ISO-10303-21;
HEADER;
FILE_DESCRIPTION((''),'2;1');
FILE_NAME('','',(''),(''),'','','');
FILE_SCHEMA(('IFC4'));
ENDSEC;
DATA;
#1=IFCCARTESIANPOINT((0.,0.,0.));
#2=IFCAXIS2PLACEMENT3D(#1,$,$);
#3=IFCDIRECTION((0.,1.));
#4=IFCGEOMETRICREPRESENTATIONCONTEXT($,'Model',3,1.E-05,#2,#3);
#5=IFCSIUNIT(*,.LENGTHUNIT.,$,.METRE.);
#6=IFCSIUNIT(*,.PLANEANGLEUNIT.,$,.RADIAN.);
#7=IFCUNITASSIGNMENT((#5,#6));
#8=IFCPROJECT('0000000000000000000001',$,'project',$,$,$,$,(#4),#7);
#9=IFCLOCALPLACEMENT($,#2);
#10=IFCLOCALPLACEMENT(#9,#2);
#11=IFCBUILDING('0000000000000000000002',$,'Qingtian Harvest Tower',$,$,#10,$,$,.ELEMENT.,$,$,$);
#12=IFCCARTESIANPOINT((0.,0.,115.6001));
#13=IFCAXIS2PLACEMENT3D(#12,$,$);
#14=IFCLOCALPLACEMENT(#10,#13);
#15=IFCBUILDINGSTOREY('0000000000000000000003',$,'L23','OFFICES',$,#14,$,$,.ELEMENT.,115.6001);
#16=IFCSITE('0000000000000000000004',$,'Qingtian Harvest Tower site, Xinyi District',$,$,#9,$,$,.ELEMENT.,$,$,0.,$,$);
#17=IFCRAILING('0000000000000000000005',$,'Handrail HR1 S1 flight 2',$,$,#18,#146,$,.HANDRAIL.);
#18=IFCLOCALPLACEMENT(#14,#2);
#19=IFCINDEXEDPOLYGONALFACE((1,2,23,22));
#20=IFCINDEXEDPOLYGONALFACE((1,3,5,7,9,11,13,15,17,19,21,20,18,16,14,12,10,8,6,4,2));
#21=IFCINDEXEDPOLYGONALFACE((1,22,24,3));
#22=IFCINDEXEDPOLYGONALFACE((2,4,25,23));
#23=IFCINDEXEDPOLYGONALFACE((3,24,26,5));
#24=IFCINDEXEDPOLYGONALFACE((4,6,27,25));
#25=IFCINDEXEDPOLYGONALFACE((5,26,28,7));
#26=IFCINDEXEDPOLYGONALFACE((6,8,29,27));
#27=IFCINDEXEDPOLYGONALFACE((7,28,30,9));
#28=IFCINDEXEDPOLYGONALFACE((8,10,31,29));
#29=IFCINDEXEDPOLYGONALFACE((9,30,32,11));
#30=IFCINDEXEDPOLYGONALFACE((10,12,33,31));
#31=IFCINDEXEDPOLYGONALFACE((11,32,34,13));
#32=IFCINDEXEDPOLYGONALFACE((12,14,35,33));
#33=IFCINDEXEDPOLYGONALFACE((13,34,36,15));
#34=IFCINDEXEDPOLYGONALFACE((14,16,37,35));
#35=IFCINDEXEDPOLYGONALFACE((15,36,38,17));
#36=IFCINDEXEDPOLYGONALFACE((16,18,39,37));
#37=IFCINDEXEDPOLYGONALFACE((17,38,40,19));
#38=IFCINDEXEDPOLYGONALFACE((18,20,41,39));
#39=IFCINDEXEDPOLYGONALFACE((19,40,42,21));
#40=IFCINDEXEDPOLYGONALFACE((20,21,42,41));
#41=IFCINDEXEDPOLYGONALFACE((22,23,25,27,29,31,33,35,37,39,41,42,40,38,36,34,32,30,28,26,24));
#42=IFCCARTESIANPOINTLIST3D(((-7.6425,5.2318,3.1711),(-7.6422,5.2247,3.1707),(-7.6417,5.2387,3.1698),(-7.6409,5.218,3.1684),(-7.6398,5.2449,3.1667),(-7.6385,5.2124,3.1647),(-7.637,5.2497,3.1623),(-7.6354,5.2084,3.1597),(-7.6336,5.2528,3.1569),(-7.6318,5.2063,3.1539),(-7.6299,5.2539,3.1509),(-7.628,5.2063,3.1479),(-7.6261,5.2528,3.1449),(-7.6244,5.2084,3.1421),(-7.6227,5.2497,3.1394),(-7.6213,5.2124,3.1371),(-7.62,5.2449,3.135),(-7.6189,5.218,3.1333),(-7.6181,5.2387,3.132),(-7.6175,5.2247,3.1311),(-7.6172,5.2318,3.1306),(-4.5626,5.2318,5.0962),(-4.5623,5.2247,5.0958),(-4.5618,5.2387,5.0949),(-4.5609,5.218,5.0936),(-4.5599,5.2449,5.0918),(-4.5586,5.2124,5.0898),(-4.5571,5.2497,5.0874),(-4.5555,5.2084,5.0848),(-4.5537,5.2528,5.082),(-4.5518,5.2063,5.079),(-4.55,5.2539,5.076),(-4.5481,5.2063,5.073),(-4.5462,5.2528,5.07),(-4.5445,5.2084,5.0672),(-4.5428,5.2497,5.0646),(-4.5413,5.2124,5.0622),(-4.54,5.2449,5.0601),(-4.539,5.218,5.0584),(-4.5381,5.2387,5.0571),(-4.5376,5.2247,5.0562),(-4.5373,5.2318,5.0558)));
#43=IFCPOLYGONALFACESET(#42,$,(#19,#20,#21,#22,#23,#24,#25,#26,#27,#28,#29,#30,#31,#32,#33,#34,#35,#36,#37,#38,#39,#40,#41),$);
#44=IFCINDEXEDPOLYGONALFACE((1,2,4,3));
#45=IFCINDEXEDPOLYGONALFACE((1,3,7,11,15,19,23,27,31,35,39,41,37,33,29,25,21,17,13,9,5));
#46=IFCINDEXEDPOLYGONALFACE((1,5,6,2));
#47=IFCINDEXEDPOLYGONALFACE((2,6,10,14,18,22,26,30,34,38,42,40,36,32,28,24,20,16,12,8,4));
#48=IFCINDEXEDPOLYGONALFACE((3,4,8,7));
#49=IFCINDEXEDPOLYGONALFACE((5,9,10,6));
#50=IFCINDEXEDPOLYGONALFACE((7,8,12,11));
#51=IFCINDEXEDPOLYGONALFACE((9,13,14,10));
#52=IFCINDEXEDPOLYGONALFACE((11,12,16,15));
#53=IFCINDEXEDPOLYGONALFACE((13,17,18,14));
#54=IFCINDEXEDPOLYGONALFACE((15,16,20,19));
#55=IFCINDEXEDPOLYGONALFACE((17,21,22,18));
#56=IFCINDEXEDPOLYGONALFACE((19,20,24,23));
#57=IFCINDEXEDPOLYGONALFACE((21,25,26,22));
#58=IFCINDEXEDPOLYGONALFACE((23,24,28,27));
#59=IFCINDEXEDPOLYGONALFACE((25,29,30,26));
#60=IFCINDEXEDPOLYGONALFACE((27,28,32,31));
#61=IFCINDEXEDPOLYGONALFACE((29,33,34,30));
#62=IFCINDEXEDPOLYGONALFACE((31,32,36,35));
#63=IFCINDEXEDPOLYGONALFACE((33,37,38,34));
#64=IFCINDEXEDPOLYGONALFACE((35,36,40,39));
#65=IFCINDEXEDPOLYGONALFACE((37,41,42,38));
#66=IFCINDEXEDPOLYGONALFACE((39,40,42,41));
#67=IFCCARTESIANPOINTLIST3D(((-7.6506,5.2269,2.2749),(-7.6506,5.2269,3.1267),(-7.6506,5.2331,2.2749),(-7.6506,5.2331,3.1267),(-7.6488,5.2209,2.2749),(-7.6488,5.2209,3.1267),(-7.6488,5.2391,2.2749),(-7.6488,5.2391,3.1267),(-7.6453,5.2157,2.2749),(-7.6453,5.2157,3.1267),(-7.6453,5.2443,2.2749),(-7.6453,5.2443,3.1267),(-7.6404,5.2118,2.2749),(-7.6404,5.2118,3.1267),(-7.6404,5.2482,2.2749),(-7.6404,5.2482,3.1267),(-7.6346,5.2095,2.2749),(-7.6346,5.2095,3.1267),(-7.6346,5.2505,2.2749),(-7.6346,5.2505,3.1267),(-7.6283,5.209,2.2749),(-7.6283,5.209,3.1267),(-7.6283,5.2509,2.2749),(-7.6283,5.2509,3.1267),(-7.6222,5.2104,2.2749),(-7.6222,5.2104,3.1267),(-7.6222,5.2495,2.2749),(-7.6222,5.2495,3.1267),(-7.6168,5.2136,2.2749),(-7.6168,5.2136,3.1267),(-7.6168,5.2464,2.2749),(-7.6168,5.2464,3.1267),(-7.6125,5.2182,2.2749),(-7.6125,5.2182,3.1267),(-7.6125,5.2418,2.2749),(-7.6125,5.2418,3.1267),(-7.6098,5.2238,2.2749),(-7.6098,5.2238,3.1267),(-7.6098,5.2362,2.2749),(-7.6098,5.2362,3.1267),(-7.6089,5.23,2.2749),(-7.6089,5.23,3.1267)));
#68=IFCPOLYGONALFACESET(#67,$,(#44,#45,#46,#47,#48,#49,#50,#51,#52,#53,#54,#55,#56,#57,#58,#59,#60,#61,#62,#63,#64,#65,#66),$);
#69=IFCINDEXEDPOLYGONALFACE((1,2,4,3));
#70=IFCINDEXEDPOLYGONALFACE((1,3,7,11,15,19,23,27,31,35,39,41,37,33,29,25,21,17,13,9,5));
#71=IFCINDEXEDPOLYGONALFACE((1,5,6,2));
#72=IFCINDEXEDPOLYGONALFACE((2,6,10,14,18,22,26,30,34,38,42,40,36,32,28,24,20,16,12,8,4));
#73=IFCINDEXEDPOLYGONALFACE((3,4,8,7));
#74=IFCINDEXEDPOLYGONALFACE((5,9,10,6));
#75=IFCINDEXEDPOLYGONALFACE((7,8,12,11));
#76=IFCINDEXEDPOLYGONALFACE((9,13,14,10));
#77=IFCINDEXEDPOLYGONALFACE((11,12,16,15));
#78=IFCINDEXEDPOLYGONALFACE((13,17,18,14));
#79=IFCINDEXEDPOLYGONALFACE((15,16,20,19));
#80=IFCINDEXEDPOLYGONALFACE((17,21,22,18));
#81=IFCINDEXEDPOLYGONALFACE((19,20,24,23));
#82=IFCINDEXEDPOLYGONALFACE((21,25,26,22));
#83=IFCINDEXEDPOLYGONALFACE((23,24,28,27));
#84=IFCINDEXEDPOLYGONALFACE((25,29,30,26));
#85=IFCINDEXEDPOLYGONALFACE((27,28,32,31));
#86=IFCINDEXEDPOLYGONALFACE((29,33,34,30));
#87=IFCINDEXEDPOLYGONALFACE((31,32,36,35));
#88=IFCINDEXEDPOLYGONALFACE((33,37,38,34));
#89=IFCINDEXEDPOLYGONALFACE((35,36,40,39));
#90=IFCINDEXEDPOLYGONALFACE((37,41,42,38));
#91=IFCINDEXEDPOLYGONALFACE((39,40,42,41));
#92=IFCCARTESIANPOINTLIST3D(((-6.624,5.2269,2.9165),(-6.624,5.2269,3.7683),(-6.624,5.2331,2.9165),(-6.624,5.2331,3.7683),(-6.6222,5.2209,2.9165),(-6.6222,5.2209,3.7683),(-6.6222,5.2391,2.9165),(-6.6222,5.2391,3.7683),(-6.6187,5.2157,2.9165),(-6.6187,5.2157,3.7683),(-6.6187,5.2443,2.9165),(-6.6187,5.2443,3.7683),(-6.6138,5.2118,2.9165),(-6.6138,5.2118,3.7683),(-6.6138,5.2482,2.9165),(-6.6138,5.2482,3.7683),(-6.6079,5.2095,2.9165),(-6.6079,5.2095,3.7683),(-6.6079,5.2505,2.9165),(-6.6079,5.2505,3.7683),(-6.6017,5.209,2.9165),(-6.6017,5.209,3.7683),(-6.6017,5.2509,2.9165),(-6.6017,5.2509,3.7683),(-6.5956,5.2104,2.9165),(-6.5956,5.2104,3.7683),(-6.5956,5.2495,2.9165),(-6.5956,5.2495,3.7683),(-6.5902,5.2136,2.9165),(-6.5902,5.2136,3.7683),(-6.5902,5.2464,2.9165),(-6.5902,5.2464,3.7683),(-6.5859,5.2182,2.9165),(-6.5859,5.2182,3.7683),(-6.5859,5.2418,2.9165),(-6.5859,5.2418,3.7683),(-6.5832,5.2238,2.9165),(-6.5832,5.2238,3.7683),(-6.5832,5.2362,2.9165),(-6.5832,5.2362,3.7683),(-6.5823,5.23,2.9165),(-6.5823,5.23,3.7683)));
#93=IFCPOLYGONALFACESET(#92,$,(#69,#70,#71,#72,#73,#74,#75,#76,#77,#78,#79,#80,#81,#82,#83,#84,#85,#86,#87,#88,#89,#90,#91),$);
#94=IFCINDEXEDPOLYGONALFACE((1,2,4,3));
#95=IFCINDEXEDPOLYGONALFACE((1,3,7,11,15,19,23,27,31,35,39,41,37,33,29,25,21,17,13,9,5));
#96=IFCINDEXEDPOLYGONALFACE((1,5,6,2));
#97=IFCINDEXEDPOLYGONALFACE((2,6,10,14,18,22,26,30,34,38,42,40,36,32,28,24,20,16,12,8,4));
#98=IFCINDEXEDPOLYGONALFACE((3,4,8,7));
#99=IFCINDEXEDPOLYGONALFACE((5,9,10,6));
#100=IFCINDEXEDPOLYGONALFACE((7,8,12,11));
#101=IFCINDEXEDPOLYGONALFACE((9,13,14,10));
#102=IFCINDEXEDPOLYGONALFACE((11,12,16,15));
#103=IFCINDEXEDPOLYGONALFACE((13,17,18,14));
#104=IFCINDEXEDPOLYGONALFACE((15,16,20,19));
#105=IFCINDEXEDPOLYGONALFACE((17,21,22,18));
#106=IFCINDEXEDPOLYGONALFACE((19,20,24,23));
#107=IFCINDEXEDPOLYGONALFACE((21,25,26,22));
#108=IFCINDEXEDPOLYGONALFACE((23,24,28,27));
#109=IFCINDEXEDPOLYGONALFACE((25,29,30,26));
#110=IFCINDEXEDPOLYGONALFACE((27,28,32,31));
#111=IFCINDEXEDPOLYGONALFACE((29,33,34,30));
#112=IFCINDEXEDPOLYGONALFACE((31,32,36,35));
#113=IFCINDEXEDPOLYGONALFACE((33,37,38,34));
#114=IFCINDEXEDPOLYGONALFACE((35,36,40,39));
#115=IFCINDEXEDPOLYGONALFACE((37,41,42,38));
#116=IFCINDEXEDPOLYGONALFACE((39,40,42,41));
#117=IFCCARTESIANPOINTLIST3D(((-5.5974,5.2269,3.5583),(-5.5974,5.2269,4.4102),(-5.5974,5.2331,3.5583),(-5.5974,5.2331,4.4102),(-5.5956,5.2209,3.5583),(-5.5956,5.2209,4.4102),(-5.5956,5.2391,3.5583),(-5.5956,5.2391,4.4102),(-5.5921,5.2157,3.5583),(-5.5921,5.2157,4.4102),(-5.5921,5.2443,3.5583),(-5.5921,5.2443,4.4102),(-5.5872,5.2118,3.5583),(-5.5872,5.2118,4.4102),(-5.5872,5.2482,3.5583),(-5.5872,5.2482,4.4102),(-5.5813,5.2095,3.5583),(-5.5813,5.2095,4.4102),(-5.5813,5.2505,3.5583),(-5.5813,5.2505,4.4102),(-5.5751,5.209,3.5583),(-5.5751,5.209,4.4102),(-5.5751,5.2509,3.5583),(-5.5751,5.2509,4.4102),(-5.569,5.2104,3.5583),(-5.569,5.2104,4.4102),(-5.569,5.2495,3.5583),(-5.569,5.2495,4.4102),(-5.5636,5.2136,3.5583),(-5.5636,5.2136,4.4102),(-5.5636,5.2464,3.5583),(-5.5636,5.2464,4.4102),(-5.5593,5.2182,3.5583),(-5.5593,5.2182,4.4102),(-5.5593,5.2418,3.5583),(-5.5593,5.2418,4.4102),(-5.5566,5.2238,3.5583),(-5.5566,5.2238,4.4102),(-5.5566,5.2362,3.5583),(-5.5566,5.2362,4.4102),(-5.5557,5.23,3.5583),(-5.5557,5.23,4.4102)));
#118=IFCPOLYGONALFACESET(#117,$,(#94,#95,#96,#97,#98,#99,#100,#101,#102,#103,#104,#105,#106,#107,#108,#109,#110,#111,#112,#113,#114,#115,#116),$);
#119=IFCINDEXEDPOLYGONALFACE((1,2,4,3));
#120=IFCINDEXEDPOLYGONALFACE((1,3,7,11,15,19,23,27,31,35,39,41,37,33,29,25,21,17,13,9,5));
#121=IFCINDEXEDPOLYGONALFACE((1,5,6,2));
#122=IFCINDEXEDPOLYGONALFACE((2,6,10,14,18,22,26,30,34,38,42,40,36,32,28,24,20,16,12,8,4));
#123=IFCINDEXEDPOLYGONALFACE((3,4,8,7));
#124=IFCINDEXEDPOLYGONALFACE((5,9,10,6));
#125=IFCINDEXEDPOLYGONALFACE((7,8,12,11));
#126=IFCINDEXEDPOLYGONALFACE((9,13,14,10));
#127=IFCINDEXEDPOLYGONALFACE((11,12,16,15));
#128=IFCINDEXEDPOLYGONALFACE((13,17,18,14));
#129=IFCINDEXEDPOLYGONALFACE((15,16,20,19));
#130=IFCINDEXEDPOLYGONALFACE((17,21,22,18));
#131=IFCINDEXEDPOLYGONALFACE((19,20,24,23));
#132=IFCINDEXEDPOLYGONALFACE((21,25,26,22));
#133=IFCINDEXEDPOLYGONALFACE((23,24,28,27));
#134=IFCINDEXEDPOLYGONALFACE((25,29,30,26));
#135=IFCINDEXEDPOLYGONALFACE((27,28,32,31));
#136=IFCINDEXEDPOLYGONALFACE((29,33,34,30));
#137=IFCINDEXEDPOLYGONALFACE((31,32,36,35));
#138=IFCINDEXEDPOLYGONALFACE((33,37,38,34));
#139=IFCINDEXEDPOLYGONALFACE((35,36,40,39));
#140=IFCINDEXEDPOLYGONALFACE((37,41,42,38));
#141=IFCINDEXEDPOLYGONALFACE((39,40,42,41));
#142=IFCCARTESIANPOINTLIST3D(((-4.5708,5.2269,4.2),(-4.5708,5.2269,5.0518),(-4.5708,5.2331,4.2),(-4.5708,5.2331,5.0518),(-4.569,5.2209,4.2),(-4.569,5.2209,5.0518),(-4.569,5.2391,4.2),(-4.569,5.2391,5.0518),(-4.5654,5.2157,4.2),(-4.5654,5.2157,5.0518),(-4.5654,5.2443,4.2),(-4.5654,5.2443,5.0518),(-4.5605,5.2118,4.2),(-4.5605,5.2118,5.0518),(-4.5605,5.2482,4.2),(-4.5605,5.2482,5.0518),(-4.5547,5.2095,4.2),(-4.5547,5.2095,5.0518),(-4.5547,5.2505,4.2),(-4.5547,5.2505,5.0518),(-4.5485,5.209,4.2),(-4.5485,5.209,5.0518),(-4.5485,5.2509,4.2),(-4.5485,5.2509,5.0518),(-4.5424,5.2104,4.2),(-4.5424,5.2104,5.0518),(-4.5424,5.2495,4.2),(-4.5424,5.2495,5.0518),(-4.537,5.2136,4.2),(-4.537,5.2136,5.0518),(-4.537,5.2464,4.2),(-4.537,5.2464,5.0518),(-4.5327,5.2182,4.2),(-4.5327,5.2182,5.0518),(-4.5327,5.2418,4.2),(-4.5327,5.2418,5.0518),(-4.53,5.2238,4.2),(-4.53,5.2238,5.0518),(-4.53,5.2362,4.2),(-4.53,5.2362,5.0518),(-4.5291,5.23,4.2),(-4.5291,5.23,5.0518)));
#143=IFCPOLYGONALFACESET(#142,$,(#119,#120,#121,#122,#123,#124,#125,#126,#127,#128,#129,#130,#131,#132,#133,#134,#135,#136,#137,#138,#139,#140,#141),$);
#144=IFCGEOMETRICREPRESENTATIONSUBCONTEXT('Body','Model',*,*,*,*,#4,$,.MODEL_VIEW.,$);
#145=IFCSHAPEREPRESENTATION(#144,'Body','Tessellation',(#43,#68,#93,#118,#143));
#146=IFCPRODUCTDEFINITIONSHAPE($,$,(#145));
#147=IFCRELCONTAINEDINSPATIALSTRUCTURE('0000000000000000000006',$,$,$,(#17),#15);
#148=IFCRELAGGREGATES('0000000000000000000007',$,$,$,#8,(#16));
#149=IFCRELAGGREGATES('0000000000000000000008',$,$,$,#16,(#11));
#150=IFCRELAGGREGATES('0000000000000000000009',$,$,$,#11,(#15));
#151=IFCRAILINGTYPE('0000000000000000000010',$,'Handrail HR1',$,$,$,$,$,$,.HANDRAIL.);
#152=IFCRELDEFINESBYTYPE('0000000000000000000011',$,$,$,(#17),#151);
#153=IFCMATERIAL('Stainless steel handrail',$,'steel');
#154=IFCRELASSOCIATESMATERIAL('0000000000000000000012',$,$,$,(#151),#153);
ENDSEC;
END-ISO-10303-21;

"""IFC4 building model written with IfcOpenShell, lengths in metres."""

from ifc_helpers import new_model, si_unit, direction, frame, origin, origin_2d, place, context, subcontext, project, spatial, circle, extrude, material, type_object, element, save


model = new_model("IFC4")

# Units and contexts
model_context = context("Model", 3, precision=1e-05, world=origin(), true_north=direction((0.0, 1.0)))
body_context = subcontext(model_context, "Body", "Model", "MODEL_VIEW")
ifc_project = project(units=[si_unit("LENGTHUNIT", "METRE"), si_unit("PLANEANGLEUNIT", "RADIAN")], contexts=[model_context])

# Site, building, storey
site_placement = place(None, origin())
site = spatial("IfcSite", under=ifc_project, at=site_placement, Name="Qingtian Harvest Tower site, Xinyi District", CompositionType="ELEMENT", RefElevation=0.0)
building_placement = place(site_placement, origin())
building = spatial("IfcBuilding", under=site, at=building_placement, Name="Qingtian Harvest Tower", CompositionType="ELEMENT")
storey_placement = place(building_placement, frame((0.0, 0.0, 115.6001)))
storey = spatial("IfcBuildingStorey", under=building, at=storey_placement, Name="L23", Description="OFFICES", CompositionType="ELEMENT", Elevation=115.6001)

# Railing
ifc_material_1 = material(Name="Stainless steel handrail", Category="steel")
railing_type = type_object("IfcRailingType", Name="Handrail HR1", PredefinedType="HANDRAIL", material=ifc_material_1)
railing_placement = place(storey_placement, frame((-7.6299, 5.23, 2.2749)))
element("IfcRailing", 1, at=railing_placement, inside=storey, type_object=railing_type, Name="Handrail HR1 S1 flight 2", PredefinedType="HANDRAIL", context=body_context, shape_type="SweptSolid", body=[
    extrude(circle(Radius=0.0239, at=origin_2d()), frame((0.0, 0.0, 0.876), z_axis=(0.847979, 0.0, 0.530029), x_axis=(0.0, 1.0, 0.0)), (0.0, 0.0, 1.0), 3.6321),
    extrude(circle(Radius=0.021, at=origin_2d()), origin(), (0.0, 0.0, 1.0), 0.8518),
    extrude(circle(Radius=0.021, at=origin_2d()), frame((1.0266, 0.0, 0.6416)), (0.0, 0.0, 1.0), 0.8518),
    extrude(circle(Radius=0.021, at=origin_2d()), frame((2.0532, 0.0, 1.2834)), (0.0, 0.0, 1.0), 0.8518),
    extrude(circle(Radius=0.021, at=origin_2d()), frame((3.0798, 0.0, 1.925)), (0.0, 0.0, 1.0), 0.8518),
])

save(model, "model.ifc")
